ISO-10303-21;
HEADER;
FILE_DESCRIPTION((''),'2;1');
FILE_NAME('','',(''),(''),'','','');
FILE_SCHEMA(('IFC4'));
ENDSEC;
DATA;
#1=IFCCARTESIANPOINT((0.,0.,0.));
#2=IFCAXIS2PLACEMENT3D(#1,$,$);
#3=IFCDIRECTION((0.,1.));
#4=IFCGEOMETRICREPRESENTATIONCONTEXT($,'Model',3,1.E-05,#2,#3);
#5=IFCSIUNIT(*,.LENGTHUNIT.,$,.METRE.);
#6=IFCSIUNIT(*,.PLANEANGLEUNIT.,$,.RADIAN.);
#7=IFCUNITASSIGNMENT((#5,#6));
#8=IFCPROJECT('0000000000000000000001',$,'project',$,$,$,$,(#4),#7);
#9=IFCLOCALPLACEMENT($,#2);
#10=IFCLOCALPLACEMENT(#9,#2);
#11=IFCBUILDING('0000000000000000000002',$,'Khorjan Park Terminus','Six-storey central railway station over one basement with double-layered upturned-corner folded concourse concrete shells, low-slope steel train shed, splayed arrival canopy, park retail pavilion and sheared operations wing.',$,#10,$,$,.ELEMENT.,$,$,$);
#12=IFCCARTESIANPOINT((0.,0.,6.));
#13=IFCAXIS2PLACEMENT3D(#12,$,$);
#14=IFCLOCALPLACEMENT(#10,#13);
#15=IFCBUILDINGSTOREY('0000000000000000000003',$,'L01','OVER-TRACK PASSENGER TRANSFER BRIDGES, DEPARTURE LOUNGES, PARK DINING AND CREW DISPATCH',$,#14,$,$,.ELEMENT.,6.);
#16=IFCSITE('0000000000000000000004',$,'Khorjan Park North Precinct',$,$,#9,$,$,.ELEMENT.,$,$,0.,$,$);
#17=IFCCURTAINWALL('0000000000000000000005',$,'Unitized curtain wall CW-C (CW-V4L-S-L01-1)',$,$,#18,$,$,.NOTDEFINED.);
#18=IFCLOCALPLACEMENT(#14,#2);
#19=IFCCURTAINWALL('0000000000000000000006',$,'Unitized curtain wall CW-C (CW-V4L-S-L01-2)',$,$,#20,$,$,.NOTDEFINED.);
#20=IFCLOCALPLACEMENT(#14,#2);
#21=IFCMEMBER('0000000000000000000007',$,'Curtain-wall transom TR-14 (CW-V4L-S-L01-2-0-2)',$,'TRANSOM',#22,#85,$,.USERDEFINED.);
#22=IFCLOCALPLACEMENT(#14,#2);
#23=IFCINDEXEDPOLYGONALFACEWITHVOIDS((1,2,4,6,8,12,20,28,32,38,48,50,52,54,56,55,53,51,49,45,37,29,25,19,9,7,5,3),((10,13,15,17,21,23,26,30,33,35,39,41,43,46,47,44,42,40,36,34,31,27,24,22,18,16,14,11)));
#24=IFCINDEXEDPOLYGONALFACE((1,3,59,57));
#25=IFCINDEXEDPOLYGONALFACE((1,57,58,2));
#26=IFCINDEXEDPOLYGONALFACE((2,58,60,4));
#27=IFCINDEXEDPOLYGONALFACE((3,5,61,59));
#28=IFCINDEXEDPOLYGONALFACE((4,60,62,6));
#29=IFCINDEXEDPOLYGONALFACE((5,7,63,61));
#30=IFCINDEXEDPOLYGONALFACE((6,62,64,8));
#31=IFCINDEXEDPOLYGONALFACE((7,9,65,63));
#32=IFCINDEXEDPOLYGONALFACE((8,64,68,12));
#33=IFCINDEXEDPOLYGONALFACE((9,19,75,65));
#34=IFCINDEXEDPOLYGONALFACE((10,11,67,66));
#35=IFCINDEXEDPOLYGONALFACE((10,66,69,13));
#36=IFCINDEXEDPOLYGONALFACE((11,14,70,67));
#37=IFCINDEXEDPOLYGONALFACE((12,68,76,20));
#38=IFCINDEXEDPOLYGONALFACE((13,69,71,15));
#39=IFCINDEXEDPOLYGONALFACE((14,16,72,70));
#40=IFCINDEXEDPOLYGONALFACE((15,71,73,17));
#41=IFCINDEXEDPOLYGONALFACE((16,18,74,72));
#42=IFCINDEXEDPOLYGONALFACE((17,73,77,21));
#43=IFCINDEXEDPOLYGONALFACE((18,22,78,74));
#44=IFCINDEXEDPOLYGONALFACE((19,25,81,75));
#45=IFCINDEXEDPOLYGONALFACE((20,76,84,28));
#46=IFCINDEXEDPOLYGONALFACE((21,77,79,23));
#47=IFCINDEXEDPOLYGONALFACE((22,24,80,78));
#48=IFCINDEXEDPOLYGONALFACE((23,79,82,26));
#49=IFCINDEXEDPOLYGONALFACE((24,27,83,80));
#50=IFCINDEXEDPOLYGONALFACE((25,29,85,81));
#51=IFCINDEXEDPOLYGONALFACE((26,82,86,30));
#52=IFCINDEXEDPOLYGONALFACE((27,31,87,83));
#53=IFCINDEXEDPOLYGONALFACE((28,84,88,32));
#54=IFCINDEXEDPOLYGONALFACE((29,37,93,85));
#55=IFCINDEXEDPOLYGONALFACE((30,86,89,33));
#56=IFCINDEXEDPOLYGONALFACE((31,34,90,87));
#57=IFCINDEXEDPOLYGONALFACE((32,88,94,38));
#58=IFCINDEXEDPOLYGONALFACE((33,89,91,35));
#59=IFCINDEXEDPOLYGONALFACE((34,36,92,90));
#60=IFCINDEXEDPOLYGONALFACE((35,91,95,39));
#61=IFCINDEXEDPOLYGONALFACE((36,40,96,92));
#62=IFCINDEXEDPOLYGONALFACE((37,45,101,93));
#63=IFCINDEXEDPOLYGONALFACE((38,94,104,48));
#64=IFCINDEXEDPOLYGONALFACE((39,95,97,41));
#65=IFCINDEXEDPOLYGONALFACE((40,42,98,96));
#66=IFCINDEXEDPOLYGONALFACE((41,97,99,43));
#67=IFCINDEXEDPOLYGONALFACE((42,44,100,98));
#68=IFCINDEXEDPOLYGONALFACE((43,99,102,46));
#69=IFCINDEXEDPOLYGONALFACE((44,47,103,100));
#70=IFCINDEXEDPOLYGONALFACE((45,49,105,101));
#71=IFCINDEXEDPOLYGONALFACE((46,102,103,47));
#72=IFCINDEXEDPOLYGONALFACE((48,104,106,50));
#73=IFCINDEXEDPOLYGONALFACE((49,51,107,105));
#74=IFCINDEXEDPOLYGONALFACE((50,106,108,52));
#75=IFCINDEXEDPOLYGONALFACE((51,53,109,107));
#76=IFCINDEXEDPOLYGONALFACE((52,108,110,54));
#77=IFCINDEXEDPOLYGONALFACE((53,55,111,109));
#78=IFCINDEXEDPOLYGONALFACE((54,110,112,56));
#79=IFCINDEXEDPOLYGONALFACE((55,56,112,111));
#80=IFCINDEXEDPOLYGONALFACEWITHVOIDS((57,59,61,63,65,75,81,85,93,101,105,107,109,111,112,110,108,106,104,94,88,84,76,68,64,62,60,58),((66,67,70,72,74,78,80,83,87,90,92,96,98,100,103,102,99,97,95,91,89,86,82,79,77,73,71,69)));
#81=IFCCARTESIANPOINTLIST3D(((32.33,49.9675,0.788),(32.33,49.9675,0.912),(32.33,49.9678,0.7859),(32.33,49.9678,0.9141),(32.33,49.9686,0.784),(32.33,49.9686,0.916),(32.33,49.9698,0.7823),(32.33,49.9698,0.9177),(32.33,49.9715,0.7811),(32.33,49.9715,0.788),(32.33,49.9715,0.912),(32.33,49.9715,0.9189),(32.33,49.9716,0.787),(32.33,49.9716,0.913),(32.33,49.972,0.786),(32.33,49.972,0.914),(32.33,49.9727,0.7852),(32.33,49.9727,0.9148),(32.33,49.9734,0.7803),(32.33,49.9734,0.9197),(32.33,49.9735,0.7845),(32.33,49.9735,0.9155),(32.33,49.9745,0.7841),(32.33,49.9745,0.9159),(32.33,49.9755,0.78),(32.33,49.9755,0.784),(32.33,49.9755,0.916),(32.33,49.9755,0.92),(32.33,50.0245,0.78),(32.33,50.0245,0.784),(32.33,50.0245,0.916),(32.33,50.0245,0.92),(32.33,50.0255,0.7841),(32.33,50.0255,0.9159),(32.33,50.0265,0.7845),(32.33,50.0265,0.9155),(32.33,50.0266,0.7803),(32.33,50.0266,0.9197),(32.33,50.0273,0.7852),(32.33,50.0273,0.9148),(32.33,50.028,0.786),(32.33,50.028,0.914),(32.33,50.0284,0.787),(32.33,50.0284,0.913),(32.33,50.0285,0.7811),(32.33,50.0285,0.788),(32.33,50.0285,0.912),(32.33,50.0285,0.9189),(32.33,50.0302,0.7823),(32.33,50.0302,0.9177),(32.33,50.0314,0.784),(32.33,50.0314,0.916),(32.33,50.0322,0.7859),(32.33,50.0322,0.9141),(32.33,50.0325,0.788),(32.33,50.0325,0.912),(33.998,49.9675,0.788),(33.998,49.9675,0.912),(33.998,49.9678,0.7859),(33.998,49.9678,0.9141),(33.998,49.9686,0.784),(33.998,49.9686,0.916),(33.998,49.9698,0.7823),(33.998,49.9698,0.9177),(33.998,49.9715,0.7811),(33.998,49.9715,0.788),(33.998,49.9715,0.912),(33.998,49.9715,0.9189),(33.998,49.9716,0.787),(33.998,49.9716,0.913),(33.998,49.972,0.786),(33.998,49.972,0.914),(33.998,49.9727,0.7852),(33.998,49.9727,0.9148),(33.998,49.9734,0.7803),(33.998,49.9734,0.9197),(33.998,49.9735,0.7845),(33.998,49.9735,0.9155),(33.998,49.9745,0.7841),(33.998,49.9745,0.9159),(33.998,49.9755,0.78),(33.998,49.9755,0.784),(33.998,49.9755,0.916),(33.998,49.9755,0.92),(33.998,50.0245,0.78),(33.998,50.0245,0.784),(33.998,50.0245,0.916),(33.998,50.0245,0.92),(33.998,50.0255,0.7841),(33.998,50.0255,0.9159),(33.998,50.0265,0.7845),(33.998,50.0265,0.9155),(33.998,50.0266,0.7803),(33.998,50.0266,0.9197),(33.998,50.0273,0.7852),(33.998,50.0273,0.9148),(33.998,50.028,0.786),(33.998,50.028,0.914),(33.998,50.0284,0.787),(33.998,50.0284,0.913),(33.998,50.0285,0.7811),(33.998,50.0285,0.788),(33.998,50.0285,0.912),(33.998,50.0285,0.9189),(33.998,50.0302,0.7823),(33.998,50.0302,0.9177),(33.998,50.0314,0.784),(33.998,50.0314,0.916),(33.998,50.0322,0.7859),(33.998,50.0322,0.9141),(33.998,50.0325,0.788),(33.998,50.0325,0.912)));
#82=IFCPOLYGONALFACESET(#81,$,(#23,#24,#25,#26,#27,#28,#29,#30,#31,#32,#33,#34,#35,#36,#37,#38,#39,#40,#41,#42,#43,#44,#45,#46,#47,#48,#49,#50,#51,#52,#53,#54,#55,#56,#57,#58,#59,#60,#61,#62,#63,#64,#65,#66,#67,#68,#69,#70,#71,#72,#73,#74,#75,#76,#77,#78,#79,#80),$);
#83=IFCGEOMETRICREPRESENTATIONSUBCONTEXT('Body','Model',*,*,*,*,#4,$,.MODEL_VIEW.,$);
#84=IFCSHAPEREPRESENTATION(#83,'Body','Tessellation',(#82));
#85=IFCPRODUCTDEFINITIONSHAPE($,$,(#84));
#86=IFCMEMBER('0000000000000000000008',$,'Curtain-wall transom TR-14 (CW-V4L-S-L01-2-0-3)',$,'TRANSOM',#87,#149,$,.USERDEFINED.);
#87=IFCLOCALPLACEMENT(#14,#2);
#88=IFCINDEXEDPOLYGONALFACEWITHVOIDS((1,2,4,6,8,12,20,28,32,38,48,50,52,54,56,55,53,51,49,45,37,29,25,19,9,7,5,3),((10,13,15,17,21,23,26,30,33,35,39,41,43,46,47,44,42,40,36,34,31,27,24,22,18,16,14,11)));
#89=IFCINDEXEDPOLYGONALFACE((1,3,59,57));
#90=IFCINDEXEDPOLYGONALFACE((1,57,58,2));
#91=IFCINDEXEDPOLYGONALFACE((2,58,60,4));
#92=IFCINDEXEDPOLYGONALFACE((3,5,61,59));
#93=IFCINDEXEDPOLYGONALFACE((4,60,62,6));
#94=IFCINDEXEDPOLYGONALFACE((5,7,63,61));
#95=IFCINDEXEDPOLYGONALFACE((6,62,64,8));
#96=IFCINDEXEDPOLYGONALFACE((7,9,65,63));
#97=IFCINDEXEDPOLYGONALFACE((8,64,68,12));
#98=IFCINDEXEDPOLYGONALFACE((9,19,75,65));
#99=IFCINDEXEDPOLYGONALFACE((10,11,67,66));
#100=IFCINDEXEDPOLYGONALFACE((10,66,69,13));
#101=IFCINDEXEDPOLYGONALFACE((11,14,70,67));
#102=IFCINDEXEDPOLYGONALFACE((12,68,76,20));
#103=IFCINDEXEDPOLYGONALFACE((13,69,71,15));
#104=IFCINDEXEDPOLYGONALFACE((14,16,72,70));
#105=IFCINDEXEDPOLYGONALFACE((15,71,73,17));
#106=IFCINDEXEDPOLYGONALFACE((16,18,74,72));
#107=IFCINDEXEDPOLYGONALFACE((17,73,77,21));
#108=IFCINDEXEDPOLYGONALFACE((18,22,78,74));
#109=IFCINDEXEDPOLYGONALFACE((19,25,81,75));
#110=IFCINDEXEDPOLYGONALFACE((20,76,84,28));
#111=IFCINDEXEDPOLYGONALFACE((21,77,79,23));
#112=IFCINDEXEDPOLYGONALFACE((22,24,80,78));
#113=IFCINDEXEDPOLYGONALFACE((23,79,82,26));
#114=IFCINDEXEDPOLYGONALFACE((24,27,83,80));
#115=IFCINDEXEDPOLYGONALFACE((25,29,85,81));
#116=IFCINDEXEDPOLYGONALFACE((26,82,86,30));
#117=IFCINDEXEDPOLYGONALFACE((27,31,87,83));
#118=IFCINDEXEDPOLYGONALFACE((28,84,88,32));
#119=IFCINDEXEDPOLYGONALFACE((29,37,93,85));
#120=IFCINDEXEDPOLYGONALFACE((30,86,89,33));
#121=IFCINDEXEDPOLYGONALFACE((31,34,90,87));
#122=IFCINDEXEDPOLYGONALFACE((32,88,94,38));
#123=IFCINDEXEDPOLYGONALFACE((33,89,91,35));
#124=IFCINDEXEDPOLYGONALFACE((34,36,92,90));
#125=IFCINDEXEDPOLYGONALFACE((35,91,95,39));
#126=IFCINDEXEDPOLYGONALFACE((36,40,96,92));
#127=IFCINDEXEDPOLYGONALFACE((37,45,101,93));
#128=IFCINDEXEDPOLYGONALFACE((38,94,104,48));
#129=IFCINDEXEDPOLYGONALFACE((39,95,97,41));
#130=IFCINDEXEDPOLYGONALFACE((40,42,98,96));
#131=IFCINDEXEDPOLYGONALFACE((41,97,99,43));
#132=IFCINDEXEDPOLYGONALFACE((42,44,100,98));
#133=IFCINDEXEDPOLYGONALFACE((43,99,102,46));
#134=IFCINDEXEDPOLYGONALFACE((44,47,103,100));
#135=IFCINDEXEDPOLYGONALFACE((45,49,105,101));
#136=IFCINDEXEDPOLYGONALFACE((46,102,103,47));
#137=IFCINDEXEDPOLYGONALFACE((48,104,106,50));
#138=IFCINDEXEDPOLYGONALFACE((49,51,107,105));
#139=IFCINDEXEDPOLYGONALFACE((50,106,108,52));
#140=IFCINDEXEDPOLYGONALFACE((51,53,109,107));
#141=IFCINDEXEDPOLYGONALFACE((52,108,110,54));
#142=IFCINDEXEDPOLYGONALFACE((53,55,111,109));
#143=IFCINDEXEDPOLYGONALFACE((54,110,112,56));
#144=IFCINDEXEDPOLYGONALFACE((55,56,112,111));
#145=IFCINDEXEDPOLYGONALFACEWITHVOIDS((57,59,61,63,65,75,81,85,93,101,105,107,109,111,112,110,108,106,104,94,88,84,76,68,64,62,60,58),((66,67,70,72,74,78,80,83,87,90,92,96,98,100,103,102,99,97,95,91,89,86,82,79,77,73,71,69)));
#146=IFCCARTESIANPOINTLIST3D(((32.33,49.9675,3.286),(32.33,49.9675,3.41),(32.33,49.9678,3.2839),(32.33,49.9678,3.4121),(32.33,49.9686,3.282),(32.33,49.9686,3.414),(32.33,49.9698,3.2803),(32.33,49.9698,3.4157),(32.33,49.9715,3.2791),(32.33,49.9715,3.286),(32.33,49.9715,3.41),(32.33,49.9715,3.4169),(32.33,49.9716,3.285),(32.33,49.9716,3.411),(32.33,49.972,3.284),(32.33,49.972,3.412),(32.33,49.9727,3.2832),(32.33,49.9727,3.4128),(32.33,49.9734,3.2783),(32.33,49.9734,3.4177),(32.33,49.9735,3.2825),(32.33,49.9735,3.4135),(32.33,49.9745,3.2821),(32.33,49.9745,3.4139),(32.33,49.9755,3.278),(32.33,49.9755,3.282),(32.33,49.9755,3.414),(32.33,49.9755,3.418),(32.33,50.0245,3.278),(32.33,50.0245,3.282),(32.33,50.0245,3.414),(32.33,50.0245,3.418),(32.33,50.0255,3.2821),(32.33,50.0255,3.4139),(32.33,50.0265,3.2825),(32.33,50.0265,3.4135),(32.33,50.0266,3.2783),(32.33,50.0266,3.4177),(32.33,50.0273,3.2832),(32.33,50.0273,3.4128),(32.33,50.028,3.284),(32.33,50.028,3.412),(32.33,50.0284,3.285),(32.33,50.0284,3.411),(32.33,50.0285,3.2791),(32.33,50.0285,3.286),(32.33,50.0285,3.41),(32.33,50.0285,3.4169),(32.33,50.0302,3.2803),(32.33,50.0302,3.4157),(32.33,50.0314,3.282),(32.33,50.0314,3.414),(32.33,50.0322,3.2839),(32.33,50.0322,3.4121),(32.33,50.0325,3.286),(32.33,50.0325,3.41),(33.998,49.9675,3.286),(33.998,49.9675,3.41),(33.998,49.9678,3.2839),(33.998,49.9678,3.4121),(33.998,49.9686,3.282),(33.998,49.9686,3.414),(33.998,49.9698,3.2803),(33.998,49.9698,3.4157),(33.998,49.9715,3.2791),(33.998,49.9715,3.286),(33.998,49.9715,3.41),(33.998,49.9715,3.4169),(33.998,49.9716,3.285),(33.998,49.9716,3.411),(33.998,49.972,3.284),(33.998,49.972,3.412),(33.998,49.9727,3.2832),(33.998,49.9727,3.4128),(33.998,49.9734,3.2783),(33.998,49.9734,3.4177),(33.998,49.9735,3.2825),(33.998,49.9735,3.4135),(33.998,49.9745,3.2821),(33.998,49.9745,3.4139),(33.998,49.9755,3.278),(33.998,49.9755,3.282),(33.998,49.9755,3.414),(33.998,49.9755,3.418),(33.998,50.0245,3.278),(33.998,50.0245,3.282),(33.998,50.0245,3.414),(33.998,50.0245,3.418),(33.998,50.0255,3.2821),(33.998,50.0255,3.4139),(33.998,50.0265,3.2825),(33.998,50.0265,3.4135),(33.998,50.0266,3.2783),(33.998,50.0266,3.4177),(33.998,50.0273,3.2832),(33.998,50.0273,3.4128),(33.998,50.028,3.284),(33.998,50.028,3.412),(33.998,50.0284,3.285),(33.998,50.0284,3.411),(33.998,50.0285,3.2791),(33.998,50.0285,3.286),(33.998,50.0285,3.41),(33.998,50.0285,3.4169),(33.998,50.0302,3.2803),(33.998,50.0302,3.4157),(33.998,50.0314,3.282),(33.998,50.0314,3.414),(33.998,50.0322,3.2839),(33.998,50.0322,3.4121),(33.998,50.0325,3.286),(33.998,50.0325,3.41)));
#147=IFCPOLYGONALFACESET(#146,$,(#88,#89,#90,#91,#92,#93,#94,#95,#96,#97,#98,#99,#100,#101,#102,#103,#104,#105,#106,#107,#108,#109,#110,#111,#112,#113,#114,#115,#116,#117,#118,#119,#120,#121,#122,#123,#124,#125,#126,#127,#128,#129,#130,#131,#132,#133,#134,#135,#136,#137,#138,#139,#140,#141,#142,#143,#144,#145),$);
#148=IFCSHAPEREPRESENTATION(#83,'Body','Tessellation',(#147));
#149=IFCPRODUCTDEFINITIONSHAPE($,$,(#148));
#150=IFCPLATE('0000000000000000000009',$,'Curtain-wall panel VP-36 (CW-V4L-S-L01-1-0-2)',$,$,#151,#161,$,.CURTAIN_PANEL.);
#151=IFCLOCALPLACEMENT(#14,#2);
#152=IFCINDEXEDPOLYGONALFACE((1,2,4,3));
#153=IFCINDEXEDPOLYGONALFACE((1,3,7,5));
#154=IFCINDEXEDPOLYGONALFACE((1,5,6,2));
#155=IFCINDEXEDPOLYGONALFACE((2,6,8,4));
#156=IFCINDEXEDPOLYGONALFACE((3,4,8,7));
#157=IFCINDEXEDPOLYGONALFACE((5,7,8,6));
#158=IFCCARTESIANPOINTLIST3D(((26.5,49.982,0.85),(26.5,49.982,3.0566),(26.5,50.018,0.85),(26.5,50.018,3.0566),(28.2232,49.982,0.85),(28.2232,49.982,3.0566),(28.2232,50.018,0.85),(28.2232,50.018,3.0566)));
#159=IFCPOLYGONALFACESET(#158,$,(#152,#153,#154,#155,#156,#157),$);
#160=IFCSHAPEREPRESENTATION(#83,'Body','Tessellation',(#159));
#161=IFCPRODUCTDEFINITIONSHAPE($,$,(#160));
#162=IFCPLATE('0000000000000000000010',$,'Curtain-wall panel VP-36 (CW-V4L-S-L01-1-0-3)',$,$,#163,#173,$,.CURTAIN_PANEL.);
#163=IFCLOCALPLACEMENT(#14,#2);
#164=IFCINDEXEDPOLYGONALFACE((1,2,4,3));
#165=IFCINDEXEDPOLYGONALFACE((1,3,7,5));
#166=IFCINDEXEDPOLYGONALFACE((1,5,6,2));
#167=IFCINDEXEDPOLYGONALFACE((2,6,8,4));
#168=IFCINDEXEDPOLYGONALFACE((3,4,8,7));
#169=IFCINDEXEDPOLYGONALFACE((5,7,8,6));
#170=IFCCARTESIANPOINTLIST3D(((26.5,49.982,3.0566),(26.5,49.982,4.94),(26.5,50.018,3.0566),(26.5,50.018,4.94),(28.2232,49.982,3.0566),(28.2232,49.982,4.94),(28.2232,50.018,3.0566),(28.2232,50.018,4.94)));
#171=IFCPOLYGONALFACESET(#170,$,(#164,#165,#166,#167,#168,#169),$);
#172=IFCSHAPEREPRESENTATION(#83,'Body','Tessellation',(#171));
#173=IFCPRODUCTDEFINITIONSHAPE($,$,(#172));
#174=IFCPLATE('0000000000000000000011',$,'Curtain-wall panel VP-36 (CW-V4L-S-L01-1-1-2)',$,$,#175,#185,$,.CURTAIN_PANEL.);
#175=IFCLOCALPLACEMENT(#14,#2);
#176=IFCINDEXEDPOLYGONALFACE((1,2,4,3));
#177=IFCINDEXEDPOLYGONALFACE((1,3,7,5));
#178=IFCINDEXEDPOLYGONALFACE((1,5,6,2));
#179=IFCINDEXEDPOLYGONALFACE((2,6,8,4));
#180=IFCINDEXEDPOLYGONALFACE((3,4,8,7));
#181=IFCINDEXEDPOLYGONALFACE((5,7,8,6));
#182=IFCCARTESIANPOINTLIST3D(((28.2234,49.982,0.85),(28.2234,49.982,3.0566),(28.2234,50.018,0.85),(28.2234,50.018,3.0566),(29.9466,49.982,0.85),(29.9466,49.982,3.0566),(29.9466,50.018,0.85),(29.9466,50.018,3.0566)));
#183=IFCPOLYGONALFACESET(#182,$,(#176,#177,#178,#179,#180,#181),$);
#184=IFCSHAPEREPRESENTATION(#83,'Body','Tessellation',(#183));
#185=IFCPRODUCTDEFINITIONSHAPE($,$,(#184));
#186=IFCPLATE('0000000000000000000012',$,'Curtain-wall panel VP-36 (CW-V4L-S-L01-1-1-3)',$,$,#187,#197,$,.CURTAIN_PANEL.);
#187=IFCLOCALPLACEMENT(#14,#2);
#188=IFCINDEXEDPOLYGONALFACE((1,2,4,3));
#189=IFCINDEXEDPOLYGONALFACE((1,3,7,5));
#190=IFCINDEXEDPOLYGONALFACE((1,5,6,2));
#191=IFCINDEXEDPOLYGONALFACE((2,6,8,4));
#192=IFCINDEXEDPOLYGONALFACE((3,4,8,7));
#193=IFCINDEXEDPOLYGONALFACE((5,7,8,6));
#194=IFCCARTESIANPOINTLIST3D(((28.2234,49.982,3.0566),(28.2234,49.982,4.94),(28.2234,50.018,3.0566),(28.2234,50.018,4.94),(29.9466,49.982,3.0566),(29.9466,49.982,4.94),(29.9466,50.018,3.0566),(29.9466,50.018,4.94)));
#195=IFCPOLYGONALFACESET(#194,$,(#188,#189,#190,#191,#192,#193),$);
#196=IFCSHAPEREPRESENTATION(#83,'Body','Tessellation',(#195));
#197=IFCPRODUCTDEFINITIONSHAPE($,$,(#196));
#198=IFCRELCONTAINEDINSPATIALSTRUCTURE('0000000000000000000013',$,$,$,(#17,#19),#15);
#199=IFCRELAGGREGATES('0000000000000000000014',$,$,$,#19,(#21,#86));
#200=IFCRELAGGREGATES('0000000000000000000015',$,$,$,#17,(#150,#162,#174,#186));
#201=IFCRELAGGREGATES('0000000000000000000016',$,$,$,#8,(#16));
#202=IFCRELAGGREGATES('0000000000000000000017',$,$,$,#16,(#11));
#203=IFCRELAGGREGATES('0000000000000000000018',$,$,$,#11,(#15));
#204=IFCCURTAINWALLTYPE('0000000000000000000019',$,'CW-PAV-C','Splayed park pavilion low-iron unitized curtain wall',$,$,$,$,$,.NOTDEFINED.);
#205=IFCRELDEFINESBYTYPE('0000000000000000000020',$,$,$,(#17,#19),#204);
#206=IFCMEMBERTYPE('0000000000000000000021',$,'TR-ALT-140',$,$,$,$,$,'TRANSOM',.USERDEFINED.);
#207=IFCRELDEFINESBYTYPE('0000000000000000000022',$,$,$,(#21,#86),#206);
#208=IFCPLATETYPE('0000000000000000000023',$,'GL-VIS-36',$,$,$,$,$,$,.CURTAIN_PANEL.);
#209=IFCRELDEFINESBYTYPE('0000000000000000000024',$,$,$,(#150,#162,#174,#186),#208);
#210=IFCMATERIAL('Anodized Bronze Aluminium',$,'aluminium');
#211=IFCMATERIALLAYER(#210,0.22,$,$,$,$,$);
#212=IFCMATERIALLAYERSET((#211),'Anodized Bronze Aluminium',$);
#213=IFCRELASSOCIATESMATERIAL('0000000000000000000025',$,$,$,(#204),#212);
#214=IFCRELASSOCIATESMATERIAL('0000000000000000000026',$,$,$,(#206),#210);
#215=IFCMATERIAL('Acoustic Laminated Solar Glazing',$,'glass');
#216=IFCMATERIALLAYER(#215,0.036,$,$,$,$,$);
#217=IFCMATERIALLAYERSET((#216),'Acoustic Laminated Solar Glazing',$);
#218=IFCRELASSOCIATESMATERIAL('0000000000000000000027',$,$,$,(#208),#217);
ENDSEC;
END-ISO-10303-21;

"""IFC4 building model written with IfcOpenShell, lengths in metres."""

from ifc_helpers import new_model, si_unit, direction, frame, origin, origin_2d, place, context, subcontext, project, spatial, rectangle, hollow_rectangle, extrude, material, layer, layer_set, material_profile, profile_set, type_object, element, aggregate, save


model = new_model("IFC4")

# Units and contexts
model_context = context("Model", 3, precision=1e-05, world=origin(), true_north=direction((0.0, 1.0)))
body_context = subcontext(model_context, "Body", "Model", "MODEL_VIEW")
ifc_project = project(units=[si_unit("LENGTHUNIT", "METRE"), si_unit("PLANEANGLEUNIT", "RADIAN")], contexts=[model_context])

# Site, building, storey
site_placement = place(None, origin())
site = spatial("IfcSite", under=ifc_project, at=site_placement, Name="Khorjan Park North Precinct", CompositionType="ELEMENT", RefElevation=0.0)
building_placement = place(site_placement, origin())
building = spatial("IfcBuilding", under=site, at=building_placement, Name="Khorjan Park Terminus", Description="Six-storey central railway station over one basement with double-layered upturned-corner folded concourse concrete shells, low-slope steel train shed, splayed arrival canopy, park retail pavilion and sheared operations wing.", CompositionType="ELEMENT")
storey_placement = place(building_placement, frame((0.0, 0.0, 6.0)))
storey = spatial("IfcBuildingStorey", under=building, at=storey_placement, Name="L01", Description="OVER-TRACK PASSENGER TRANSFER BRIDGES, DEPARTURE LOUNGES, PARK DINING AND CREW DISPATCH", CompositionType="ELEMENT", Elevation=6.0)

# Curtain wall
ifc_material_1 = material(Name="Anodized Bronze Aluminium", Category="aluminium")
ifc_layer_1 = layer(ifc_material_1, 0.22)
ifc_layer_set_1 = layer_set([ifc_layer_1], Name="Anodized Bronze Aluminium")
curtain_wall_type = type_object("IfcCurtainWallType", Name="CW-PAV-C", Description="Splayed park pavilion low-iron unitized curtain wall", PredefinedType="NOTDEFINED", material=ifc_layer_set_1)
curtain_wall_1_placement = place(storey_placement, origin())
curtain_wall_1 = element("IfcCurtainWall", 1, at=curtain_wall_1_placement, inside=storey, type_object=curtain_wall_type, Name="Unitized curtain wall CW-C (CW-V4L-S-L01-1)", PredefinedType="NOTDEFINED")

# Curtain wall
curtain_wall_2_placement = place(storey_placement, origin())
curtain_wall_2 = element("IfcCurtainWall", 2, at=curtain_wall_2_placement, inside=storey, type_object=curtain_wall_type, Name="Unitized curtain wall CW-C (CW-V4L-S-L01-2)", PredefinedType="NOTDEFINED")

# Members
ifc_material_profile_1 = material_profile(ifc_material_1, hollow_rectangle(XDim=0.065, YDim=0.14, WallThickness=0.004, InnerFilletRadius=0.004, OuterFilletRadius=0.008, at=origin_2d()), Name="ALT 65x140x4")
ifc_profile_set_1 = profile_set([ifc_material_profile_1], Name="Anodized Bronze Aluminium")
member_type_1 = type_object("IfcMemberType", Name="TR-ALT-140", ElementType="TRANSOM", PredefinedType="USERDEFINED", material=ifc_profile_set_1)
member_1_placement = place(storey_placement, frame((32.33, 50.0, 0.85), z_axis=(1.0, 0.0, 0.0), x_axis=(0.0, 1.0, 0.0)))
member_1 = element("IfcMember", 3, at=member_1_placement, type_object=member_type_1, Name="Curtain-wall transom TR-14 (CW-V4L-S-L01-2-0-2)", ObjectType="TRANSOM", PredefinedType="USERDEFINED", context=body_context, shape_type="SweptSolid", body=[
    extrude(hollow_rectangle(XDim=0.065, YDim=0.14, WallThickness=0.004, InnerFilletRadius=0.004, OuterFilletRadius=0.008, at=origin_2d()), origin(), (0.0, 0.0, 1.0), 1.668),
])
member_2_placement = place(storey_placement, frame((32.33, 50.0, 3.348), z_axis=(1.0, 0.0, 0.0), x_axis=(0.0, 1.0, 0.0)))
member_2 = element("IfcMember", 4, at=member_2_placement, type_object=member_type_1, Name="Curtain-wall transom TR-14 (CW-V4L-S-L01-2-0-3)", ObjectType="TRANSOM", PredefinedType="USERDEFINED", context=body_context, shape_type="SweptSolid", body=[
    extrude(hollow_rectangle(XDim=0.065, YDim=0.14, WallThickness=0.004, InnerFilletRadius=0.004, OuterFilletRadius=0.008, at=origin_2d()), origin(), (0.0, 0.0, 1.0), 1.668),
])
aggregate(curtain_wall_2, [member_1, member_2])

# Plates
ifc_material_2 = material(Name="Acoustic Laminated Solar Glazing", Category="glass")
ifc_layer_2 = layer(ifc_material_2, 0.036)
ifc_layer_set_2 = layer_set([ifc_layer_2], Name="Acoustic Laminated Solar Glazing")
plate_type_1 = type_object("IfcPlateType", Name="GL-VIS-36", PredefinedType="CURTAIN_PANEL", material=ifc_layer_set_2)
plate_1_placement = place(storey_placement, frame((27.3616, 50.0, 0.85), z_axis=(0.0, 0.0, 1.0), x_axis=(1.0, 0.0, 0.0)))
plate_1 = element("IfcPlate", 5, at=plate_1_placement, type_object=plate_type_1, Name="Curtain-wall panel VP-36 (CW-V4L-S-L01-1-0-2)", PredefinedType="CURTAIN_PANEL", context=body_context, shape_type="SweptSolid", body=[
    extrude(rectangle(XDim=1.7233, YDim=0.036, at=origin_2d()), origin(), (0.0, 0.0, 1.0), 2.2066),
])
plate_2_placement = place(storey_placement, frame((27.3616, 50.0, 3.0566), z_axis=(0.0, 0.0, 1.0), x_axis=(1.0, 0.0, 0.0)))
plate_2 = element("IfcPlate", 6, at=plate_2_placement, type_object=plate_type_1, Name="Curtain-wall panel VP-36 (CW-V4L-S-L01-1-0-3)", PredefinedType="CURTAIN_PANEL", context=body_context, shape_type="SweptSolid", body=[
    extrude(rectangle(XDim=1.7233, YDim=0.036, at=origin_2d()), origin(), (0.0, 0.0, 1.0), 1.8834),
])
plate_3_placement = place(storey_placement, frame((29.085, 50.0, 0.85), z_axis=(0.0, 0.0, 1.0), x_axis=(1.0, 0.0, 0.0)))
plate_3 = element("IfcPlate", 7, at=plate_3_placement, type_object=plate_type_1, Name="Curtain-wall panel VP-36 (CW-V4L-S-L01-1-1-2)", PredefinedType="CURTAIN_PANEL", context=body_context, shape_type="SweptSolid", body=[
    extrude(rectangle(XDim=1.7233, YDim=0.036, at=origin_2d()), origin(), (0.0, 0.0, 1.0), 2.2066),
])
plate_4_placement = place(storey_placement, frame((29.085, 50.0, 3.0566), z_axis=(0.0, 0.0, 1.0), x_axis=(1.0, 0.0, 0.0)))
plate_4 = element("IfcPlate", 8, at=plate_4_placement, type_object=plate_type_1, Name="Curtain-wall panel VP-36 (CW-V4L-S-L01-1-1-3)", PredefinedType="CURTAIN_PANEL", context=body_context, shape_type="SweptSolid", body=[
    extrude(rectangle(XDim=1.7233, YDim=0.036, at=origin_2d()), origin(), (0.0, 0.0, 1.0), 1.8834),
])
aggregate(curtain_wall_1, [plate_1, plate_2, plate_3, plate_4])

save(model, "model.ifc")
